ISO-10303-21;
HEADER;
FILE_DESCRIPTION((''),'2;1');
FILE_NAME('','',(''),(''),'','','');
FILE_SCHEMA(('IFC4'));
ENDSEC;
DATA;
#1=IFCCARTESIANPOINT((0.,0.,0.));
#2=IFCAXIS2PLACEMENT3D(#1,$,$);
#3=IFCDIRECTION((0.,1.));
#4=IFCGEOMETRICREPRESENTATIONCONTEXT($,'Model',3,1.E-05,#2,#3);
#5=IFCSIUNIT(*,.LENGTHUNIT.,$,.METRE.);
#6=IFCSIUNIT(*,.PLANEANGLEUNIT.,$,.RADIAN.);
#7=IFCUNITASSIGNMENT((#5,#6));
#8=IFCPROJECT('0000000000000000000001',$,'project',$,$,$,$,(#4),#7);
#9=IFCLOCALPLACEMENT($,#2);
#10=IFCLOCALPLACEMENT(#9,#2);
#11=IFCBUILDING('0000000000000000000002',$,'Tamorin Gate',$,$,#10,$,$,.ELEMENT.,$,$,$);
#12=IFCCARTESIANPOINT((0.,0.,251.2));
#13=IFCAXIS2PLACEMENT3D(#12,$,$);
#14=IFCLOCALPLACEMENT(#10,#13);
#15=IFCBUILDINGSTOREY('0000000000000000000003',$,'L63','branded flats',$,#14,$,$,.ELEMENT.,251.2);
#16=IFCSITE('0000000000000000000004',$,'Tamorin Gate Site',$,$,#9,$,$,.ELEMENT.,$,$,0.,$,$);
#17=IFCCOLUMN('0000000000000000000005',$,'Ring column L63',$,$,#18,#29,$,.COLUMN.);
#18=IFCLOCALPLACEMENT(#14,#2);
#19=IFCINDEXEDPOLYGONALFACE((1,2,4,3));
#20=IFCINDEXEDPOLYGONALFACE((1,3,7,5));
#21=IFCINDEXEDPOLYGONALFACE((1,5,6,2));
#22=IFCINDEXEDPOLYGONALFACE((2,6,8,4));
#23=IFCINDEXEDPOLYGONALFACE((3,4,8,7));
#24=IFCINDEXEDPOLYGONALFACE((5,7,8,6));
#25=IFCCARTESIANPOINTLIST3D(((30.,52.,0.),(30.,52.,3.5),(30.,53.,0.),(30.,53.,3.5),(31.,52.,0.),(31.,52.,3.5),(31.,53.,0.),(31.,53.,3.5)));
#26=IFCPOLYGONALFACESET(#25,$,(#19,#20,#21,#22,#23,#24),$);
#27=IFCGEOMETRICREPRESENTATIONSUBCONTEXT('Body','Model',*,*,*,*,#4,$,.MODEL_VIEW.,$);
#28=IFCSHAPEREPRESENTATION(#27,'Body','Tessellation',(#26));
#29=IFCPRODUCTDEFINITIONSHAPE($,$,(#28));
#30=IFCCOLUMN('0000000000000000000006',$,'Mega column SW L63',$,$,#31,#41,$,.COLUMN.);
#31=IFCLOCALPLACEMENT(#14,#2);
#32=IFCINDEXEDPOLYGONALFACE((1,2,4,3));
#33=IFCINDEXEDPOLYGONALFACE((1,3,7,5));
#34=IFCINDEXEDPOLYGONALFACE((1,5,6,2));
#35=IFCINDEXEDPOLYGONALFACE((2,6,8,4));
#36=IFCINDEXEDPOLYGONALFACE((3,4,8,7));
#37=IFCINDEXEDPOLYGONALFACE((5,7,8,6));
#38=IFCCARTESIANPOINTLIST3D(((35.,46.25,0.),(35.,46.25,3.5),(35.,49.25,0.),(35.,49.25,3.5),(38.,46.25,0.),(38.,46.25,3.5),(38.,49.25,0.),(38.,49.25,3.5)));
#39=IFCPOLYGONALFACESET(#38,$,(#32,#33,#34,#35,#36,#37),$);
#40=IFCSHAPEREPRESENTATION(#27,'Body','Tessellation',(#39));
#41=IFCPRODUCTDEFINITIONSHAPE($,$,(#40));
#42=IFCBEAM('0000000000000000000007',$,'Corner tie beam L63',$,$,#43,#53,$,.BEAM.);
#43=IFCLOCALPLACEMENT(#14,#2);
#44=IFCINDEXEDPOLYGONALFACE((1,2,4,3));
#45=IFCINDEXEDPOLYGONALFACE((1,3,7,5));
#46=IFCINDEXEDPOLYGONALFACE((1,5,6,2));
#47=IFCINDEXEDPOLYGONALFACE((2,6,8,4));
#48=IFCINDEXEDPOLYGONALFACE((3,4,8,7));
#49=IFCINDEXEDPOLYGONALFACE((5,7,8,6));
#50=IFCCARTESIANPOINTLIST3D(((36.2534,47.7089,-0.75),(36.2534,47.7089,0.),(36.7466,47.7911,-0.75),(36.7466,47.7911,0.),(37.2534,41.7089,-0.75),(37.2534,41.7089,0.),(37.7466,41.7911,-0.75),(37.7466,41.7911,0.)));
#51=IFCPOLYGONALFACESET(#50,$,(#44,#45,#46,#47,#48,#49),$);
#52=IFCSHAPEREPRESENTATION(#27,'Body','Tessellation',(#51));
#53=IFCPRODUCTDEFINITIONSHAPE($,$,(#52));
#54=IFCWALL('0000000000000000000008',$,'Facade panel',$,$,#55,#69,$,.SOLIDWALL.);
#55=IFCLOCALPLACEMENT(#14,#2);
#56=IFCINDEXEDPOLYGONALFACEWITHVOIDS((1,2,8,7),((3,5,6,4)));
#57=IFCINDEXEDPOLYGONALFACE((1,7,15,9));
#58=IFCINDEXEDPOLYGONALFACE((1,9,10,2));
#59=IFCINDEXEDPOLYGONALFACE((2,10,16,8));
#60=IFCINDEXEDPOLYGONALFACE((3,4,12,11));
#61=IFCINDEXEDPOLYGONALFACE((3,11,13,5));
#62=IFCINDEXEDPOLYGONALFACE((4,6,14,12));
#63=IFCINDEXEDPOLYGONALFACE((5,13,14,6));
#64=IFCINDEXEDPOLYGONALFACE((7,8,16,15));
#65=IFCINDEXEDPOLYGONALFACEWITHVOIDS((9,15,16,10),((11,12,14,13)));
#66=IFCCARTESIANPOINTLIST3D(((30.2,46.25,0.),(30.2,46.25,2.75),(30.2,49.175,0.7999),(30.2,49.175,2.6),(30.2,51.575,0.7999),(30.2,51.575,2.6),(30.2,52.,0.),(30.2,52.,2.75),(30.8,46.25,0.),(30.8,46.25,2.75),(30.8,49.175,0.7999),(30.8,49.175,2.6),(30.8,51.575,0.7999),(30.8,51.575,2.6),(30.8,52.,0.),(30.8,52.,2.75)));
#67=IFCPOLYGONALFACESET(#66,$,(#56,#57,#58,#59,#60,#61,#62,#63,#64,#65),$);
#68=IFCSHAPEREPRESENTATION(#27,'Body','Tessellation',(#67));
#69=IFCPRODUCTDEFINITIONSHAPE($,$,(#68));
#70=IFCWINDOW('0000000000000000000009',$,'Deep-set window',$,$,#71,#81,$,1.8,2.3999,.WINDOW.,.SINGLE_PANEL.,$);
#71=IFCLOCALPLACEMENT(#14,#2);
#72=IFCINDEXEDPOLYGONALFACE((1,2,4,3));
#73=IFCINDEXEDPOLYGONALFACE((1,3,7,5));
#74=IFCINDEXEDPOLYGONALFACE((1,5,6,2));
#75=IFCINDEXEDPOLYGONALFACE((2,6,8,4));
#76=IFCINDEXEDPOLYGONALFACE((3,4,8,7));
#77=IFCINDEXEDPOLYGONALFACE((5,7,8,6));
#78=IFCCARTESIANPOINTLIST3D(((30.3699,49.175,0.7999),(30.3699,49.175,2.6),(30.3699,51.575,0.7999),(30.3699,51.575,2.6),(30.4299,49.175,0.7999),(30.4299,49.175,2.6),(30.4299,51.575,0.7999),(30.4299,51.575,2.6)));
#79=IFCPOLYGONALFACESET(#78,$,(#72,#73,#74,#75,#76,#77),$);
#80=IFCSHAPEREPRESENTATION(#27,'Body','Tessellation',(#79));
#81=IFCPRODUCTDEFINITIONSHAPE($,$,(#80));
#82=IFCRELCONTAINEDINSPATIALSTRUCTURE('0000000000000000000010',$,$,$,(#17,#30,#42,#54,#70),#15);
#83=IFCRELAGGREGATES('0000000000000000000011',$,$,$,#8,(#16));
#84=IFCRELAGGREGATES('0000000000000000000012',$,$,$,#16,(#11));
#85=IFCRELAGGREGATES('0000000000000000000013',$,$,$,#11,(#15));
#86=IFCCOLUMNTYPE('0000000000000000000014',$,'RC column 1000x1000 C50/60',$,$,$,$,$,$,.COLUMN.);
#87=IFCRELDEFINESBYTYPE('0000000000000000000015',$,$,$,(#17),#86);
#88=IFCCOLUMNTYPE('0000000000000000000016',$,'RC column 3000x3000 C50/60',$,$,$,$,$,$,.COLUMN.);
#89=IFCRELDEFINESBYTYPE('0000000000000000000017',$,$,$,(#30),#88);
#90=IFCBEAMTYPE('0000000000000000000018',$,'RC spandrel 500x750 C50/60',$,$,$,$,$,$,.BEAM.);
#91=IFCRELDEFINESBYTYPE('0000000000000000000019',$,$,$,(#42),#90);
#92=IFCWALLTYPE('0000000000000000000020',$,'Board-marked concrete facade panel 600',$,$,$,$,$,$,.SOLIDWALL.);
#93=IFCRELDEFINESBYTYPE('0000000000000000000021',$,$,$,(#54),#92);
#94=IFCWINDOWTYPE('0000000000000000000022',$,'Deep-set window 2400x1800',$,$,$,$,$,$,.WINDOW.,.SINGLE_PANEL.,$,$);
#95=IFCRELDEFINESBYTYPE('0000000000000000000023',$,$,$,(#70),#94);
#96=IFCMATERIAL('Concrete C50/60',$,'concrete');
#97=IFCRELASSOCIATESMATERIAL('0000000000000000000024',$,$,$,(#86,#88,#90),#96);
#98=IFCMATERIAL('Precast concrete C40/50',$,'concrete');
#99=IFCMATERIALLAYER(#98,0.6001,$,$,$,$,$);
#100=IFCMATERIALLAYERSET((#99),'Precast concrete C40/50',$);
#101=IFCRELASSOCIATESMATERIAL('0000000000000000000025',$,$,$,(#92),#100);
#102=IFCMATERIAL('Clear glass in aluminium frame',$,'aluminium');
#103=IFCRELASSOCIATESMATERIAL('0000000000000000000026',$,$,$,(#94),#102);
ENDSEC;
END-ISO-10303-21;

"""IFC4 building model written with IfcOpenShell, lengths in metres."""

from ifc_helpers import new_model, si_unit, direction, frame, frame_2d, origin, origin_2d, place, context, subcontext, project, spatial, rectangle, extrude, material, layer, layer_set, material_profile, profile_set, type_object, element, fill, save


model = new_model("IFC4")

# Units and contexts
model_context = context("Model", 3, precision=1e-05, world=origin(), true_north=direction((0.0, 1.0)))
body_context = subcontext(model_context, "Body", "Model", "MODEL_VIEW")
ifc_project = project(units=[si_unit("LENGTHUNIT", "METRE"), si_unit("PLANEANGLEUNIT", "RADIAN")], contexts=[model_context])

# Site, building, storey
site_placement = place(None, origin())
site = spatial("IfcSite", under=ifc_project, at=site_placement, Name="Tamorin Gate Site", CompositionType="ELEMENT", RefElevation=0.0)
building_placement = place(site_placement, origin())
building = spatial("IfcBuilding", under=site, at=building_placement, Name="Tamorin Gate", CompositionType="ELEMENT")
storey_placement = place(building_placement, frame((0.0, 0.0, 251.2)))
storey = spatial("IfcBuildingStorey", under=building, at=storey_placement, Name="L63", Description="branded flats", CompositionType="ELEMENT", Elevation=251.2)

# Columns
ifc_material_1 = material(Name="Concrete C50/60", Category="concrete")
ifc_material_profile_1 = material_profile(ifc_material_1, rectangle(XDim=1.0, YDim=1.0, at=origin_2d()), Name="RC 1000x1000")
ifc_profile_set_1 = profile_set([ifc_material_profile_1], Name="Concrete C50/60")
column_type_1 = type_object("IfcColumnType", Name="RC column 1000x1000 C50/60", PredefinedType="COLUMN", material=ifc_profile_set_1)
column_1_placement = place(storey_placement, frame((30.5, 52.5, 0.0), z_axis=(0.0, 0.0, 1.0), x_axis=(1.0, 0.0, 0.0)))
element("IfcColumn", 1, at=column_1_placement, inside=storey, type_object=column_type_1, Name="Ring column L63", PredefinedType="COLUMN", context=body_context, shape_type="SweptSolid", body=[
    extrude(rectangle(XDim=1.0, YDim=1.0, at=origin_2d()), origin(), (0.0, 0.0, 1.0), 3.5),
])
ifc_material_profile_2 = material_profile(ifc_material_1, rectangle(XDim=3.0, YDim=3.0, at=origin_2d()), Name="RC 3000x3000")
ifc_profile_set_2 = profile_set([ifc_material_profile_2], Name="Concrete C50/60")
column_type_2 = type_object("IfcColumnType", Name="RC column 3000x3000 C50/60", PredefinedType="COLUMN", material=ifc_profile_set_2)
column_2_placement = place(storey_placement, frame((36.5, 47.75, 0.0), z_axis=(0.0, 0.0, 1.0), x_axis=(1.0, 0.0, 0.0)))
element("IfcColumn", 2, at=column_2_placement, inside=storey, type_object=column_type_2, Name="Mega column SW L63", PredefinedType="COLUMN", context=body_context, shape_type="SweptSolid", body=[
    extrude(rectangle(XDim=3.0, YDim=3.0, at=origin_2d()), origin(), (0.0, 0.0, 1.0), 3.5),
])

# Beam
ifc_material_profile_3 = material_profile(ifc_material_1, rectangle(XDim=0.5, YDim=0.75, at=origin_2d()), Name="RC 500x750")
ifc_profile_set_3 = profile_set([ifc_material_profile_3], Name="Concrete C50/60")
beam_type = type_object("IfcBeamType", Name="RC spandrel 500x750 C50/60", PredefinedType="BEAM", material=ifc_profile_set_3)
beam_placement = place(storey_placement, frame((36.5, 47.75, -0.375), z_axis=(0.164399, -0.986394, 0.0), x_axis=(0.986394, 0.164399, 0.0)))
element("IfcBeam", 3, at=beam_placement, inside=storey, type_object=beam_type, Name="Corner tie beam L63", PredefinedType="BEAM", context=body_context, shape_type="SweptSolid", body=[
    extrude(rectangle(XDim=0.5, YDim=0.75, at=origin_2d()), origin(), (0.0, 0.0, 1.0), 6.0828),
])

# Wall, opening, window
ifc_material_2 = material(Name="Precast concrete C40/50", Category="concrete")
ifc_layer_1 = layer(ifc_material_2, 0.6001)
ifc_layer_set_1 = layer_set([ifc_layer_1], Name="Precast concrete C40/50")
wall_type_1 = type_object("IfcWallType", Name="Board-marked concrete facade panel 600", PredefinedType="SOLIDWALL", material=ifc_layer_set_1)
wall_1_placement = place(storey_placement, frame((30.5, 52.0, 0.0), z_axis=(0.0, 0.0, 1.0), x_axis=(0.0, -1.0, 0.0)))
wall_1 = element("IfcWall", 4, at=wall_1_placement, inside=storey, type_object=wall_type_1, Name="Facade panel", PredefinedType="SOLIDWALL", context=body_context, shape_type="SweptSolid", body=[
    extrude(rectangle(XDim=5.75, YDim=0.6001, at=frame_2d((2.875, 0.0))), origin(), (0.0, 0.0, 1.0), 2.75),
])
opening_1_placement = place(wall_1_placement, frame((0.425, 0.0, 0.8)))
opening_1 = element("IfcOpeningElement", 5, at=opening_1_placement, cuts=wall_1, PredefinedType="OPENING", context=body_context, shape_type="SweptSolid", body=[
    extrude(rectangle(XDim=2.3999, YDim=1.8, at=frame_2d((1.2, 0.8999))), frame((0.0, 0.3101, 0.0), z_axis=(0.0, -1.0, 0.0), x_axis=(1.0, 0.0, 0.0)), (0.0, 0.0, 1.0), 0.6201),
])
ifc_material_3 = material(Name="Clear glass in aluminium frame", Category="aluminium")
window_type = type_object("IfcWindowType", Name="Deep-set window 2400x1800", PartitioningType="SINGLE_PANEL", PredefinedType="WINDOW", material=ifc_material_3)
window_placement = place(opening_1_placement, origin())
window = element("IfcWindow", 6, at=window_placement, inside=storey, type_object=window_type, Name="Deep-set window", OverallHeight=1.8, OverallWidth=2.3999, PartitioningType="SINGLE_PANEL", PredefinedType="WINDOW", context=body_context, shape_type="SweptSolid", body=[
    extrude(rectangle(XDim=2.3999, YDim=1.8, at=frame_2d((1.2, 0.8999))), frame((0.0, -0.0701, 0.0), z_axis=(0.0, -1.0, 0.0), x_axis=(1.0, 0.0, 0.0)), (0.0, 0.0, 1.0), 0.0601),
])
fill(opening_1, window)

save(model, "model.ifc")
